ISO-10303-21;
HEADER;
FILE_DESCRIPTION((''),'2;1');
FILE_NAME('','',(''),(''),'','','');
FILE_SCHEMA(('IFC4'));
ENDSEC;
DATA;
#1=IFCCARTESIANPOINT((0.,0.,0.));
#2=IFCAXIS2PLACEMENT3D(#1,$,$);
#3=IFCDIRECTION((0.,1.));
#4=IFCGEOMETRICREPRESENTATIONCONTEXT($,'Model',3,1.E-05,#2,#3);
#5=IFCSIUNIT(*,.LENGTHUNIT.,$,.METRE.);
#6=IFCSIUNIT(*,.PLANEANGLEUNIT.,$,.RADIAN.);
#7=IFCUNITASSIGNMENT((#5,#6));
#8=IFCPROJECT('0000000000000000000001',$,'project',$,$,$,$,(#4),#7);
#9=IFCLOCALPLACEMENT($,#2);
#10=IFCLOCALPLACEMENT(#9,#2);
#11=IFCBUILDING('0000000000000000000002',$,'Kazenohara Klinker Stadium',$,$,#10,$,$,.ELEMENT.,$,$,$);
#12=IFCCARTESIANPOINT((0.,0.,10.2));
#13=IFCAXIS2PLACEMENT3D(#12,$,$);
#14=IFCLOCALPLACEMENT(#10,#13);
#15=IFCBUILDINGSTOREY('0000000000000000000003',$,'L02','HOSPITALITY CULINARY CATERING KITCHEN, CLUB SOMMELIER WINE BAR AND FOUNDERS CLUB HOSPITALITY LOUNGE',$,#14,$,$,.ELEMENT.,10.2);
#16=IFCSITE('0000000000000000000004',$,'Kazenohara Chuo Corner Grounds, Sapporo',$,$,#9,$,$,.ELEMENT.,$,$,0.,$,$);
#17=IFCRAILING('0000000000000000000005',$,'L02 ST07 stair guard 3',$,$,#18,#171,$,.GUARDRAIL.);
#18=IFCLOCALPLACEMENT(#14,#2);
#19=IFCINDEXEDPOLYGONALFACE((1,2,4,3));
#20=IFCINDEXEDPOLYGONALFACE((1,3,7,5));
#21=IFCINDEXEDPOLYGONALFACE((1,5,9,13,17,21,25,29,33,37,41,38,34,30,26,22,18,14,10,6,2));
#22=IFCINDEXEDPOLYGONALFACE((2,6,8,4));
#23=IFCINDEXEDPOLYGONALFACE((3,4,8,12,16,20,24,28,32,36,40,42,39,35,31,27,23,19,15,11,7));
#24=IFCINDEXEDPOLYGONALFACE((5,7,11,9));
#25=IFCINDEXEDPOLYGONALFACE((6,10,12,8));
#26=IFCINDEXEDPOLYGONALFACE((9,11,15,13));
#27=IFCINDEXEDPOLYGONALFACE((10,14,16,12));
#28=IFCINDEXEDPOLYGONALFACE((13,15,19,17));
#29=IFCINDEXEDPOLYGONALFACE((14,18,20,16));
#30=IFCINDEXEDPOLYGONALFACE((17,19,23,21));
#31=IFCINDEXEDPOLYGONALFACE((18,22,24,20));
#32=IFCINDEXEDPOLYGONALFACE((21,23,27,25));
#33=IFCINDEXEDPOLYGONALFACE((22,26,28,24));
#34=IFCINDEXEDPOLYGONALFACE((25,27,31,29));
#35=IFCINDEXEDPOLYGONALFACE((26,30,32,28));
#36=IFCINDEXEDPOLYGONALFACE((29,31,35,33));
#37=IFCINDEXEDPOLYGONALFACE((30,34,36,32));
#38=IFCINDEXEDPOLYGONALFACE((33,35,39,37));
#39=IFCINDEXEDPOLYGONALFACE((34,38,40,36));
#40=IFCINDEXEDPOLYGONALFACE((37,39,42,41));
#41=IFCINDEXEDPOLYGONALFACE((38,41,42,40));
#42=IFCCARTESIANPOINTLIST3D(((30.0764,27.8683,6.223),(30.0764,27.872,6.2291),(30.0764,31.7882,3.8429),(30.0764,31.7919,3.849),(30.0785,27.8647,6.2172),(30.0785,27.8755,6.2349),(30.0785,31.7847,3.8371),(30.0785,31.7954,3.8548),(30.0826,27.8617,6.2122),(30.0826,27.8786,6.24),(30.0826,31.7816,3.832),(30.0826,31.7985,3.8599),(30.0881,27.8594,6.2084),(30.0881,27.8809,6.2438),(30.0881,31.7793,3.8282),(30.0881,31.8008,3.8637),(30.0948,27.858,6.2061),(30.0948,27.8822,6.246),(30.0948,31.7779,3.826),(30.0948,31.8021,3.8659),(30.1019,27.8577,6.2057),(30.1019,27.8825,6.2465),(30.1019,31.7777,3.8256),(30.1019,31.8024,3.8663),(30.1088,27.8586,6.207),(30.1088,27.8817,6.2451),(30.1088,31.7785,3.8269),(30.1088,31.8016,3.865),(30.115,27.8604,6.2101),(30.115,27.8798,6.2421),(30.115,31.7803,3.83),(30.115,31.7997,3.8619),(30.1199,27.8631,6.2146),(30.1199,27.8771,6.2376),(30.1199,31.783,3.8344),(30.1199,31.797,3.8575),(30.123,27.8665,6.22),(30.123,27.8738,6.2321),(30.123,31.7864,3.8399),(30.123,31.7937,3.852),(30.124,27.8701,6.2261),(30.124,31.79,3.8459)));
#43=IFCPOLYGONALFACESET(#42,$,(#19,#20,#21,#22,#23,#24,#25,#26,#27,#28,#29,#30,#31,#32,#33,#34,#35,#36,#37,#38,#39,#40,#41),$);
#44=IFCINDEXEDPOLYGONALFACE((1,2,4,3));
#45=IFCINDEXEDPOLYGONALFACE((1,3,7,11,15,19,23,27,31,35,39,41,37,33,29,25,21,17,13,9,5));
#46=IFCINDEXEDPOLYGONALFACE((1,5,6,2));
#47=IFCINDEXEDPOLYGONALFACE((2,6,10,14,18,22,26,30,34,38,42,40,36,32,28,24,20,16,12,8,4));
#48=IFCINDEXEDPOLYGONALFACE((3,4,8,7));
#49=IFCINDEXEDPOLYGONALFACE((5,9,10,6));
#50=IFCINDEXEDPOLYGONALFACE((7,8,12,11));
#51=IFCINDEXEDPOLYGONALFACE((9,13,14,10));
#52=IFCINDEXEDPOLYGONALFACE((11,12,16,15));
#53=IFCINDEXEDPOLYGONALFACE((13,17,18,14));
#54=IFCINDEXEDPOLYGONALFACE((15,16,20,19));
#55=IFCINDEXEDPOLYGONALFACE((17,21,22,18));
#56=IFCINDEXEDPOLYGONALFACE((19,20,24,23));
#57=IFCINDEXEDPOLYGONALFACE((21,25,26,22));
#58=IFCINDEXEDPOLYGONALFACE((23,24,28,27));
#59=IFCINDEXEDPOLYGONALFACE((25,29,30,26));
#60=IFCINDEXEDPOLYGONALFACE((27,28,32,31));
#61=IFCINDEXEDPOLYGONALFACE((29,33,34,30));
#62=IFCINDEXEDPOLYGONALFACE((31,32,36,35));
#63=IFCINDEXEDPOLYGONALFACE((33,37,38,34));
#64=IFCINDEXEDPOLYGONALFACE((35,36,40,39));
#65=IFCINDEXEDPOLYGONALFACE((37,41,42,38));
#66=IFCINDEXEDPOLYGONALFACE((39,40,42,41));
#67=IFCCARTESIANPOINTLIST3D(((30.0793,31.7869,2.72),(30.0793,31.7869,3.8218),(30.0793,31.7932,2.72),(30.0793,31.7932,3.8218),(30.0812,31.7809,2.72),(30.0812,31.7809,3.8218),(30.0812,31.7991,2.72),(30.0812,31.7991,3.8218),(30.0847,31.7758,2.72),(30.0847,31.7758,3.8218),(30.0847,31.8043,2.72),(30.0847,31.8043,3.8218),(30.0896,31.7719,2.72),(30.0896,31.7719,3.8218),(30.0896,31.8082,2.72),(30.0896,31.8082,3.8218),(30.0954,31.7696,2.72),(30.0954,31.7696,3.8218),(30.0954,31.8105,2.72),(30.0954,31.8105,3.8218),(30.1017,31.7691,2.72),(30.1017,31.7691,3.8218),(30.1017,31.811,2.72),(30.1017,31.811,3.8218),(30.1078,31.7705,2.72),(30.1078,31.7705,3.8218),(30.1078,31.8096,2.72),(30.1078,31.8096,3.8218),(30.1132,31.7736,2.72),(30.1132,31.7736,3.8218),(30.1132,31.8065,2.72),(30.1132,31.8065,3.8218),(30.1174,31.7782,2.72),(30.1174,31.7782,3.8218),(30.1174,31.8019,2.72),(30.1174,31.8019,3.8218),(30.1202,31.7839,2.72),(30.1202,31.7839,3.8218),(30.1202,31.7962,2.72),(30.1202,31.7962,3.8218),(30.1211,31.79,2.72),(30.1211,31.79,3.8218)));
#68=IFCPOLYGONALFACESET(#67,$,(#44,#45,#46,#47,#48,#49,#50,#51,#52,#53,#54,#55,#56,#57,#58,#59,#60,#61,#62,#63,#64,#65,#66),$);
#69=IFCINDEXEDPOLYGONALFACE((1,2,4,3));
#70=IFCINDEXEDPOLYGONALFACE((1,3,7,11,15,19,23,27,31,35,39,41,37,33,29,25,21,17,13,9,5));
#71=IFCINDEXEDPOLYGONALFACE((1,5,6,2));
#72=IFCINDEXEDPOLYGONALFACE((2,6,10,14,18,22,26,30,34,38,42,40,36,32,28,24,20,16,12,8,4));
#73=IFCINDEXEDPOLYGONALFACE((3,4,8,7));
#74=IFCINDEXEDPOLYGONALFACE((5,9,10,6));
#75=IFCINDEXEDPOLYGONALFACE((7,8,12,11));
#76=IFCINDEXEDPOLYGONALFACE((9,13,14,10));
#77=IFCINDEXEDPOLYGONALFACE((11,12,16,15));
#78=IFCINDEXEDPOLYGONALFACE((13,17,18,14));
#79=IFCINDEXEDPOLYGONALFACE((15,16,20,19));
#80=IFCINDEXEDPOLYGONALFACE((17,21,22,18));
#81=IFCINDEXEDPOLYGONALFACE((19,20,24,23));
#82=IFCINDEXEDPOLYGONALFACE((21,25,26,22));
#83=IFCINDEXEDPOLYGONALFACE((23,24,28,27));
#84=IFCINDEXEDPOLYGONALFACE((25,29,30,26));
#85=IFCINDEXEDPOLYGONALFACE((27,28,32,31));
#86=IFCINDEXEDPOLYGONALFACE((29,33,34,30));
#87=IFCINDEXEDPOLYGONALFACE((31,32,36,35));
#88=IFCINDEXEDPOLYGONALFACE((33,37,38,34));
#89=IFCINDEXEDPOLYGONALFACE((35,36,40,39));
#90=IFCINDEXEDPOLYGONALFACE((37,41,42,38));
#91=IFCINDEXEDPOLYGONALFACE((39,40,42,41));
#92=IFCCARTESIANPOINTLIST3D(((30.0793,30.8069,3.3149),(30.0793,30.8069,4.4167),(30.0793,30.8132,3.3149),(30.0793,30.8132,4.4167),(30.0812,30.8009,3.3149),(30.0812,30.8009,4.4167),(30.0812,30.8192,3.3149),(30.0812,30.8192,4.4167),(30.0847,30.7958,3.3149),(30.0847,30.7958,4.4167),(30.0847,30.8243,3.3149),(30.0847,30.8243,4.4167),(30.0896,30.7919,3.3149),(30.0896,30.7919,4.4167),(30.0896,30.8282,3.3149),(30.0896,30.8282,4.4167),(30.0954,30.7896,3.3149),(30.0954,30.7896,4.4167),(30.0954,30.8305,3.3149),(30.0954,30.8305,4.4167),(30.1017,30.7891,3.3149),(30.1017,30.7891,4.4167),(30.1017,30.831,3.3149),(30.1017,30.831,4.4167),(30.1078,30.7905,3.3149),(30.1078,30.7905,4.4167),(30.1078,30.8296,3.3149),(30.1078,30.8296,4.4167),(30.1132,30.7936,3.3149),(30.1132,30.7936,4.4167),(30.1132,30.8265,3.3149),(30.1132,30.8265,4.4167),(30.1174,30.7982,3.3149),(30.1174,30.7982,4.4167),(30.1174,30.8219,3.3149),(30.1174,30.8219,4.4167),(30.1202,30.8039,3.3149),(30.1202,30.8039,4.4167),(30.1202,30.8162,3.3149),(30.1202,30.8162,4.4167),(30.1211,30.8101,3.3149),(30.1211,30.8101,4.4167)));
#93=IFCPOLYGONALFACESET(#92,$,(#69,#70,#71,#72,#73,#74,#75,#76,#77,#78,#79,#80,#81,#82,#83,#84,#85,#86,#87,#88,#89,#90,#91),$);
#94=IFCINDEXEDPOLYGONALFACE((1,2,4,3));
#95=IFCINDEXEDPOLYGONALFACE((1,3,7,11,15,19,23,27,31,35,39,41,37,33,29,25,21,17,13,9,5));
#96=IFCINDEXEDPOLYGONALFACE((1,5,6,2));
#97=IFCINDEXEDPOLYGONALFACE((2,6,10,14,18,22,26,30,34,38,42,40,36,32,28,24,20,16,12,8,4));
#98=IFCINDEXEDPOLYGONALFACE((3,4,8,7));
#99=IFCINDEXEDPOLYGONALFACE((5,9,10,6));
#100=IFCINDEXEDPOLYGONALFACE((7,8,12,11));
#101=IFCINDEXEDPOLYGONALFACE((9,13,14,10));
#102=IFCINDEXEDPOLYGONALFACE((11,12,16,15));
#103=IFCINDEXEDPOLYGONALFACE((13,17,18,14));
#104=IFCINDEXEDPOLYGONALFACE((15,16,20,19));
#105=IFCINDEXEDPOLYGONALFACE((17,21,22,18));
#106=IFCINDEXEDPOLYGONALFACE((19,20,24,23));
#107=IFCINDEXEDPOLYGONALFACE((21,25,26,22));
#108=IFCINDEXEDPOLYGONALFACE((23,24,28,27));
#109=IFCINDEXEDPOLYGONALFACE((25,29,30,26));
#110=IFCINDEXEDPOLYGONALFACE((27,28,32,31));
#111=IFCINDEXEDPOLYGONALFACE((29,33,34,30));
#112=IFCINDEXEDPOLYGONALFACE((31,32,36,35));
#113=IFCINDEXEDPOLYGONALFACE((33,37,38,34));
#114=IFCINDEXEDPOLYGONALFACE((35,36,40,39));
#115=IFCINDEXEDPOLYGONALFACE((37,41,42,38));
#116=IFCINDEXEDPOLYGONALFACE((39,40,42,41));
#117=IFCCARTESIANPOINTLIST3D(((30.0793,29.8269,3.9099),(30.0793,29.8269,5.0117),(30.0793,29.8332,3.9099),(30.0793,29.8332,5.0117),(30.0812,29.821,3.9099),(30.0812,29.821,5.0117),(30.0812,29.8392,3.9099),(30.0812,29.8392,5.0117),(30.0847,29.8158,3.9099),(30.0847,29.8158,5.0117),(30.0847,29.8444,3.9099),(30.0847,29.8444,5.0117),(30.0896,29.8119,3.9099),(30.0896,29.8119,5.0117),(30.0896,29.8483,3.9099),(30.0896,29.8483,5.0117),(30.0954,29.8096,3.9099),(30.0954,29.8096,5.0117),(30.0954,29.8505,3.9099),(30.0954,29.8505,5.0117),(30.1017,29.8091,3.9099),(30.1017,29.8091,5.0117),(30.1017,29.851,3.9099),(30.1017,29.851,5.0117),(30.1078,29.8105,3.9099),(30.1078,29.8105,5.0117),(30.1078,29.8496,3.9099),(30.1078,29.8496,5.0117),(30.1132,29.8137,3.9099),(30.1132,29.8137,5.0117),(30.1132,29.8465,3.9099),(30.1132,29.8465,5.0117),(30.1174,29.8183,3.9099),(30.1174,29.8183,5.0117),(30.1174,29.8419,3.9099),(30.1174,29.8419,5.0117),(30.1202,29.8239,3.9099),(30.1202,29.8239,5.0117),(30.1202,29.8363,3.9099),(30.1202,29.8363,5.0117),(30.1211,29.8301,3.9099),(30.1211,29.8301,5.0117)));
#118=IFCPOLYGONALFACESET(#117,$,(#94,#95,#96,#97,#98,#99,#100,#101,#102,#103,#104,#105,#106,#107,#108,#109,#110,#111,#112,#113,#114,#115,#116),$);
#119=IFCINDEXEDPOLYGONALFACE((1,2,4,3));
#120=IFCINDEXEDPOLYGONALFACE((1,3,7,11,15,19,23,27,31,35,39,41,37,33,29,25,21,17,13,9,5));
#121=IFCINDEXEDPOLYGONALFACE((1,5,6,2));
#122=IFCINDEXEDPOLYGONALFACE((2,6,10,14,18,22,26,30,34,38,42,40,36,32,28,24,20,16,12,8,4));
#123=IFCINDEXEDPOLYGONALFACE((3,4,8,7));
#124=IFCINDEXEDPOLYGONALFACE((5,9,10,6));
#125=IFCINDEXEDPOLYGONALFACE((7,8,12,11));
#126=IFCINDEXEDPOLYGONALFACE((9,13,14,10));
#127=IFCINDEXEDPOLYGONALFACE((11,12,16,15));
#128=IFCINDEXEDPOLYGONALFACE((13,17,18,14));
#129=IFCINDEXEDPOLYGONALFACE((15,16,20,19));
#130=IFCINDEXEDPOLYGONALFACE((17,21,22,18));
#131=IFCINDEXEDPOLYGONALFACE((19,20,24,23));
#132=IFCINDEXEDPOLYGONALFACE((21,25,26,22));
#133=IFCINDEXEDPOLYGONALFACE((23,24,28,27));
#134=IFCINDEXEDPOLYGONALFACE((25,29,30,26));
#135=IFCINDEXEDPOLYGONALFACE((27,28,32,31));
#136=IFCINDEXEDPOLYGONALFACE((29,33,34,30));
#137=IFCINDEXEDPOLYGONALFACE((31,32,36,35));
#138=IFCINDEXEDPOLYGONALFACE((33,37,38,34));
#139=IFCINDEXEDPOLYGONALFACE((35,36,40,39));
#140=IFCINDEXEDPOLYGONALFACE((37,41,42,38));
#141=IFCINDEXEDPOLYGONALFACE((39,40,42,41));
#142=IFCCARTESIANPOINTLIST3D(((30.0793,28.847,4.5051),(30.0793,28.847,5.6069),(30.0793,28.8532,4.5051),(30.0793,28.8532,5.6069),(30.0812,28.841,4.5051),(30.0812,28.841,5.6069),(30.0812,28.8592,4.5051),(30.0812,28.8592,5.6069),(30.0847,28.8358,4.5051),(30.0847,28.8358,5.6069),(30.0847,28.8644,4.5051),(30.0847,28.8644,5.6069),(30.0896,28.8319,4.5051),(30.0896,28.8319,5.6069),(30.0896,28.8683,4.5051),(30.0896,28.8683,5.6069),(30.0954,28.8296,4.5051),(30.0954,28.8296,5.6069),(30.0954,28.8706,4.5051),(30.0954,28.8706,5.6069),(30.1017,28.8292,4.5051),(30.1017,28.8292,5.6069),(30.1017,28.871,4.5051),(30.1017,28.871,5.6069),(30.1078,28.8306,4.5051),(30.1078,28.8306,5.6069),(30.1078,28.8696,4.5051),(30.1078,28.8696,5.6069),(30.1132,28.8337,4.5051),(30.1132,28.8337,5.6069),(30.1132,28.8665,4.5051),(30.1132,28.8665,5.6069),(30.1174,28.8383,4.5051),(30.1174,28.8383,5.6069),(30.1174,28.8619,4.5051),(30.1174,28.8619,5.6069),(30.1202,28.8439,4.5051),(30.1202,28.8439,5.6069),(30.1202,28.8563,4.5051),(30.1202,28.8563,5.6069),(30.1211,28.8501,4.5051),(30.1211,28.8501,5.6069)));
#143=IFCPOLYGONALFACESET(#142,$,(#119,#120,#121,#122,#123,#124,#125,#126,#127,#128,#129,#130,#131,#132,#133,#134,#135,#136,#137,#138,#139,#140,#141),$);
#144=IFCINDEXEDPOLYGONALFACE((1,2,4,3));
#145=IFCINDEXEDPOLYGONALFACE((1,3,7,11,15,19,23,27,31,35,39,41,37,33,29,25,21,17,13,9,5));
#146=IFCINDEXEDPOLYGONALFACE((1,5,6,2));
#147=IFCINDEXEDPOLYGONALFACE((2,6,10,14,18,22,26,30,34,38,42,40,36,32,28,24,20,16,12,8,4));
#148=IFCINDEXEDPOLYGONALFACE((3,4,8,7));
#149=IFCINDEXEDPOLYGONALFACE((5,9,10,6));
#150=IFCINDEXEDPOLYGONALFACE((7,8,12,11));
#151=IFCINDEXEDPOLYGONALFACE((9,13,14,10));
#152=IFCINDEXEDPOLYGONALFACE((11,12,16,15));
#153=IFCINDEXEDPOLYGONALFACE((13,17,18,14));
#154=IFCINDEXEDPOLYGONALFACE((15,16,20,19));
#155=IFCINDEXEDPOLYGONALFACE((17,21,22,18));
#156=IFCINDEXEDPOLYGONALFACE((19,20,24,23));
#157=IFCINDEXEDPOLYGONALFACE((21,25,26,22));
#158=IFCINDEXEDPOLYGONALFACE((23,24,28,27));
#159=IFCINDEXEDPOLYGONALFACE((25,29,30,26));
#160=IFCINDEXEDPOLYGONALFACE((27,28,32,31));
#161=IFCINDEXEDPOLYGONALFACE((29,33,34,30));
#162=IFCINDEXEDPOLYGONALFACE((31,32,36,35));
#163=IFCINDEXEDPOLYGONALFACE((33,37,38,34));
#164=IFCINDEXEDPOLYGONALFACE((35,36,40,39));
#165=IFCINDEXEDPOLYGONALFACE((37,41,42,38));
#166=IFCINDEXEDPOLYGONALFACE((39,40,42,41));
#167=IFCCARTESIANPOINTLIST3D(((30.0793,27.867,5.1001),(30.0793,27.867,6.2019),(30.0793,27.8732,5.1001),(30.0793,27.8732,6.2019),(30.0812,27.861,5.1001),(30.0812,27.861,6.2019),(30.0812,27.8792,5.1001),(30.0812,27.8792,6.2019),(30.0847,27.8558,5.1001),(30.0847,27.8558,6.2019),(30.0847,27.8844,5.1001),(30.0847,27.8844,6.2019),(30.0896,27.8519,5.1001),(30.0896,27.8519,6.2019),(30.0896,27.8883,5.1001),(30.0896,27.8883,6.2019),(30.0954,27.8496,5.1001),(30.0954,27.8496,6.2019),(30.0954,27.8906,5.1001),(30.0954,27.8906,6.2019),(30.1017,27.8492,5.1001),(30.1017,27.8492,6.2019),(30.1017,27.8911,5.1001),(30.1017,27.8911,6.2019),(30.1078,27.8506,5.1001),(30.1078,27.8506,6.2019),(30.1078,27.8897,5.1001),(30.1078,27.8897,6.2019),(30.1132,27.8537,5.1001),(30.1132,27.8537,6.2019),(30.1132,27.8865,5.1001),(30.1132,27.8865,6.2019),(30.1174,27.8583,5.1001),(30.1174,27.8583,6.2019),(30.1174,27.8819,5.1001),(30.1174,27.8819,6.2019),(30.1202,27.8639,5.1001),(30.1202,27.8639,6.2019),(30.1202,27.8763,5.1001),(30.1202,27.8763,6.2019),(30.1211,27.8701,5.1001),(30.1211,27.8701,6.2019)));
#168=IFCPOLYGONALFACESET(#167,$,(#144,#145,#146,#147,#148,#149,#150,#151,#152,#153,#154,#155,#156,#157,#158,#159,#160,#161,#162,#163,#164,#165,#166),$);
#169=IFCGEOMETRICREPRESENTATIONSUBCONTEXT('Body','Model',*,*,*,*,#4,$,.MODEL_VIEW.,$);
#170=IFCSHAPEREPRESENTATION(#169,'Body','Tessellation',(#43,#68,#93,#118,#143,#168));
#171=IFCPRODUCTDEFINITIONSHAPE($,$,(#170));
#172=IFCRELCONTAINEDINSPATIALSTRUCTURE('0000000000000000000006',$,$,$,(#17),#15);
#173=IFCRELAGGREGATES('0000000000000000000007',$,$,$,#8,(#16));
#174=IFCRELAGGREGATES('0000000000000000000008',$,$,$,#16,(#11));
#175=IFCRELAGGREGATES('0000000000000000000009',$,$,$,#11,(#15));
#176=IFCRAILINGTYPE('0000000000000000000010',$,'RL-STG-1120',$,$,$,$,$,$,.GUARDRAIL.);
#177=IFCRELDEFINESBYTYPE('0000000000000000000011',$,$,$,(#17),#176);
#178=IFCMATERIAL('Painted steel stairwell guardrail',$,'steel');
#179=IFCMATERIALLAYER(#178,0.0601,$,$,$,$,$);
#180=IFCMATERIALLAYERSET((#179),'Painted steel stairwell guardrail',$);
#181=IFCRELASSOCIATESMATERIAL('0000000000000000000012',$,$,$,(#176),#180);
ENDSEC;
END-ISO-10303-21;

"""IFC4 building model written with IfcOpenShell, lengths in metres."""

from ifc_helpers import new_model, si_unit, direction, frame, origin, origin_2d, place, context, subcontext, project, spatial, circle, extrude, material, layer, layer_set, type_object, element, save


model = new_model("IFC4")

# Units and contexts
model_context = context("Model", 3, precision=1e-05, world=origin(), true_north=direction((0.0, 1.0)))
body_context = subcontext(model_context, "Body", "Model", "MODEL_VIEW")
ifc_project = project(units=[si_unit("LENGTHUNIT", "METRE"), si_unit("PLANEANGLEUNIT", "RADIAN")], contexts=[model_context])

# Site, building, storey
site_placement = place(None, origin())
site = spatial("IfcSite", under=ifc_project, at=site_placement, Name="Kazenohara Chuo Corner Grounds, Sapporo", CompositionType="ELEMENT", RefElevation=0.0)
building_placement = place(site_placement, origin())
building = spatial("IfcBuilding", under=site, at=building_placement, Name="Kazenohara Klinker Stadium", CompositionType="ELEMENT")
storey_placement = place(building_placement, frame((0.0, 0.0, 10.2)))
storey = spatial("IfcBuildingStorey", under=building, at=storey_placement, Name="L02", Description="HOSPITALITY CULINARY CATERING KITCHEN, CLUB SOMMELIER WINE BAR AND FOUNDERS CLUB HOSPITALITY LOUNGE", CompositionType="ELEMENT", Elevation=10.2)

# Railing
ifc_material_1 = material(Name="Painted steel stairwell guardrail", Category="steel")
ifc_layer_1 = layer(ifc_material_1, 0.0601)
ifc_layer_set_1 = layer_set([ifc_layer_1], Name="Painted steel stairwell guardrail")
railing_type_1 = type_object("IfcRailingType", Name="RL-STG-1120", PredefinedType="GUARDRAIL", material=ifc_layer_set_1)
railing_1_placement = place(storey_placement, frame((30.1001, 31.79, 2.72)))
element("IfcRailing", 1, at=railing_1_placement, inside=storey, type_object=railing_type_1, Name="L02 ST07 stair guard 3", PredefinedType="GUARDRAIL", context=body_context, shape_type="SweptSolid", body=[
    extrude(circle(Radius=0.0239, at=origin_2d()), frame((0.0, 0.0, 1.126), z_axis=(0.0, -0.854771, 0.519006), x_axis=(1.0, 0.0, 0.0)), (0.0, 0.0, 1.0), 4.5859),
    extrude(circle(Radius=0.021, at=origin_2d()), origin(), (0.0, 0.0, 1.0), 1.1018),
    extrude(circle(Radius=0.021, at=origin_2d()), frame((0.0, -0.98, 0.595)), (0.0, 0.0, 1.0), 1.1018),
    extrude(circle(Radius=0.021, at=origin_2d()), frame((0.0, -1.96, 1.1899)), (0.0, 0.0, 1.0), 1.1018),
    extrude(circle(Radius=0.021, at=origin_2d()), frame((0.0, -2.9399, 1.7852)), (0.0, 0.0, 1.0), 1.1018),
    extrude(circle(Radius=0.021, at=origin_2d()), frame((0.0, -3.9199, 2.3801)), (0.0, 0.0, 1.0), 1.1018),
])

save(model, "model.ifc")
